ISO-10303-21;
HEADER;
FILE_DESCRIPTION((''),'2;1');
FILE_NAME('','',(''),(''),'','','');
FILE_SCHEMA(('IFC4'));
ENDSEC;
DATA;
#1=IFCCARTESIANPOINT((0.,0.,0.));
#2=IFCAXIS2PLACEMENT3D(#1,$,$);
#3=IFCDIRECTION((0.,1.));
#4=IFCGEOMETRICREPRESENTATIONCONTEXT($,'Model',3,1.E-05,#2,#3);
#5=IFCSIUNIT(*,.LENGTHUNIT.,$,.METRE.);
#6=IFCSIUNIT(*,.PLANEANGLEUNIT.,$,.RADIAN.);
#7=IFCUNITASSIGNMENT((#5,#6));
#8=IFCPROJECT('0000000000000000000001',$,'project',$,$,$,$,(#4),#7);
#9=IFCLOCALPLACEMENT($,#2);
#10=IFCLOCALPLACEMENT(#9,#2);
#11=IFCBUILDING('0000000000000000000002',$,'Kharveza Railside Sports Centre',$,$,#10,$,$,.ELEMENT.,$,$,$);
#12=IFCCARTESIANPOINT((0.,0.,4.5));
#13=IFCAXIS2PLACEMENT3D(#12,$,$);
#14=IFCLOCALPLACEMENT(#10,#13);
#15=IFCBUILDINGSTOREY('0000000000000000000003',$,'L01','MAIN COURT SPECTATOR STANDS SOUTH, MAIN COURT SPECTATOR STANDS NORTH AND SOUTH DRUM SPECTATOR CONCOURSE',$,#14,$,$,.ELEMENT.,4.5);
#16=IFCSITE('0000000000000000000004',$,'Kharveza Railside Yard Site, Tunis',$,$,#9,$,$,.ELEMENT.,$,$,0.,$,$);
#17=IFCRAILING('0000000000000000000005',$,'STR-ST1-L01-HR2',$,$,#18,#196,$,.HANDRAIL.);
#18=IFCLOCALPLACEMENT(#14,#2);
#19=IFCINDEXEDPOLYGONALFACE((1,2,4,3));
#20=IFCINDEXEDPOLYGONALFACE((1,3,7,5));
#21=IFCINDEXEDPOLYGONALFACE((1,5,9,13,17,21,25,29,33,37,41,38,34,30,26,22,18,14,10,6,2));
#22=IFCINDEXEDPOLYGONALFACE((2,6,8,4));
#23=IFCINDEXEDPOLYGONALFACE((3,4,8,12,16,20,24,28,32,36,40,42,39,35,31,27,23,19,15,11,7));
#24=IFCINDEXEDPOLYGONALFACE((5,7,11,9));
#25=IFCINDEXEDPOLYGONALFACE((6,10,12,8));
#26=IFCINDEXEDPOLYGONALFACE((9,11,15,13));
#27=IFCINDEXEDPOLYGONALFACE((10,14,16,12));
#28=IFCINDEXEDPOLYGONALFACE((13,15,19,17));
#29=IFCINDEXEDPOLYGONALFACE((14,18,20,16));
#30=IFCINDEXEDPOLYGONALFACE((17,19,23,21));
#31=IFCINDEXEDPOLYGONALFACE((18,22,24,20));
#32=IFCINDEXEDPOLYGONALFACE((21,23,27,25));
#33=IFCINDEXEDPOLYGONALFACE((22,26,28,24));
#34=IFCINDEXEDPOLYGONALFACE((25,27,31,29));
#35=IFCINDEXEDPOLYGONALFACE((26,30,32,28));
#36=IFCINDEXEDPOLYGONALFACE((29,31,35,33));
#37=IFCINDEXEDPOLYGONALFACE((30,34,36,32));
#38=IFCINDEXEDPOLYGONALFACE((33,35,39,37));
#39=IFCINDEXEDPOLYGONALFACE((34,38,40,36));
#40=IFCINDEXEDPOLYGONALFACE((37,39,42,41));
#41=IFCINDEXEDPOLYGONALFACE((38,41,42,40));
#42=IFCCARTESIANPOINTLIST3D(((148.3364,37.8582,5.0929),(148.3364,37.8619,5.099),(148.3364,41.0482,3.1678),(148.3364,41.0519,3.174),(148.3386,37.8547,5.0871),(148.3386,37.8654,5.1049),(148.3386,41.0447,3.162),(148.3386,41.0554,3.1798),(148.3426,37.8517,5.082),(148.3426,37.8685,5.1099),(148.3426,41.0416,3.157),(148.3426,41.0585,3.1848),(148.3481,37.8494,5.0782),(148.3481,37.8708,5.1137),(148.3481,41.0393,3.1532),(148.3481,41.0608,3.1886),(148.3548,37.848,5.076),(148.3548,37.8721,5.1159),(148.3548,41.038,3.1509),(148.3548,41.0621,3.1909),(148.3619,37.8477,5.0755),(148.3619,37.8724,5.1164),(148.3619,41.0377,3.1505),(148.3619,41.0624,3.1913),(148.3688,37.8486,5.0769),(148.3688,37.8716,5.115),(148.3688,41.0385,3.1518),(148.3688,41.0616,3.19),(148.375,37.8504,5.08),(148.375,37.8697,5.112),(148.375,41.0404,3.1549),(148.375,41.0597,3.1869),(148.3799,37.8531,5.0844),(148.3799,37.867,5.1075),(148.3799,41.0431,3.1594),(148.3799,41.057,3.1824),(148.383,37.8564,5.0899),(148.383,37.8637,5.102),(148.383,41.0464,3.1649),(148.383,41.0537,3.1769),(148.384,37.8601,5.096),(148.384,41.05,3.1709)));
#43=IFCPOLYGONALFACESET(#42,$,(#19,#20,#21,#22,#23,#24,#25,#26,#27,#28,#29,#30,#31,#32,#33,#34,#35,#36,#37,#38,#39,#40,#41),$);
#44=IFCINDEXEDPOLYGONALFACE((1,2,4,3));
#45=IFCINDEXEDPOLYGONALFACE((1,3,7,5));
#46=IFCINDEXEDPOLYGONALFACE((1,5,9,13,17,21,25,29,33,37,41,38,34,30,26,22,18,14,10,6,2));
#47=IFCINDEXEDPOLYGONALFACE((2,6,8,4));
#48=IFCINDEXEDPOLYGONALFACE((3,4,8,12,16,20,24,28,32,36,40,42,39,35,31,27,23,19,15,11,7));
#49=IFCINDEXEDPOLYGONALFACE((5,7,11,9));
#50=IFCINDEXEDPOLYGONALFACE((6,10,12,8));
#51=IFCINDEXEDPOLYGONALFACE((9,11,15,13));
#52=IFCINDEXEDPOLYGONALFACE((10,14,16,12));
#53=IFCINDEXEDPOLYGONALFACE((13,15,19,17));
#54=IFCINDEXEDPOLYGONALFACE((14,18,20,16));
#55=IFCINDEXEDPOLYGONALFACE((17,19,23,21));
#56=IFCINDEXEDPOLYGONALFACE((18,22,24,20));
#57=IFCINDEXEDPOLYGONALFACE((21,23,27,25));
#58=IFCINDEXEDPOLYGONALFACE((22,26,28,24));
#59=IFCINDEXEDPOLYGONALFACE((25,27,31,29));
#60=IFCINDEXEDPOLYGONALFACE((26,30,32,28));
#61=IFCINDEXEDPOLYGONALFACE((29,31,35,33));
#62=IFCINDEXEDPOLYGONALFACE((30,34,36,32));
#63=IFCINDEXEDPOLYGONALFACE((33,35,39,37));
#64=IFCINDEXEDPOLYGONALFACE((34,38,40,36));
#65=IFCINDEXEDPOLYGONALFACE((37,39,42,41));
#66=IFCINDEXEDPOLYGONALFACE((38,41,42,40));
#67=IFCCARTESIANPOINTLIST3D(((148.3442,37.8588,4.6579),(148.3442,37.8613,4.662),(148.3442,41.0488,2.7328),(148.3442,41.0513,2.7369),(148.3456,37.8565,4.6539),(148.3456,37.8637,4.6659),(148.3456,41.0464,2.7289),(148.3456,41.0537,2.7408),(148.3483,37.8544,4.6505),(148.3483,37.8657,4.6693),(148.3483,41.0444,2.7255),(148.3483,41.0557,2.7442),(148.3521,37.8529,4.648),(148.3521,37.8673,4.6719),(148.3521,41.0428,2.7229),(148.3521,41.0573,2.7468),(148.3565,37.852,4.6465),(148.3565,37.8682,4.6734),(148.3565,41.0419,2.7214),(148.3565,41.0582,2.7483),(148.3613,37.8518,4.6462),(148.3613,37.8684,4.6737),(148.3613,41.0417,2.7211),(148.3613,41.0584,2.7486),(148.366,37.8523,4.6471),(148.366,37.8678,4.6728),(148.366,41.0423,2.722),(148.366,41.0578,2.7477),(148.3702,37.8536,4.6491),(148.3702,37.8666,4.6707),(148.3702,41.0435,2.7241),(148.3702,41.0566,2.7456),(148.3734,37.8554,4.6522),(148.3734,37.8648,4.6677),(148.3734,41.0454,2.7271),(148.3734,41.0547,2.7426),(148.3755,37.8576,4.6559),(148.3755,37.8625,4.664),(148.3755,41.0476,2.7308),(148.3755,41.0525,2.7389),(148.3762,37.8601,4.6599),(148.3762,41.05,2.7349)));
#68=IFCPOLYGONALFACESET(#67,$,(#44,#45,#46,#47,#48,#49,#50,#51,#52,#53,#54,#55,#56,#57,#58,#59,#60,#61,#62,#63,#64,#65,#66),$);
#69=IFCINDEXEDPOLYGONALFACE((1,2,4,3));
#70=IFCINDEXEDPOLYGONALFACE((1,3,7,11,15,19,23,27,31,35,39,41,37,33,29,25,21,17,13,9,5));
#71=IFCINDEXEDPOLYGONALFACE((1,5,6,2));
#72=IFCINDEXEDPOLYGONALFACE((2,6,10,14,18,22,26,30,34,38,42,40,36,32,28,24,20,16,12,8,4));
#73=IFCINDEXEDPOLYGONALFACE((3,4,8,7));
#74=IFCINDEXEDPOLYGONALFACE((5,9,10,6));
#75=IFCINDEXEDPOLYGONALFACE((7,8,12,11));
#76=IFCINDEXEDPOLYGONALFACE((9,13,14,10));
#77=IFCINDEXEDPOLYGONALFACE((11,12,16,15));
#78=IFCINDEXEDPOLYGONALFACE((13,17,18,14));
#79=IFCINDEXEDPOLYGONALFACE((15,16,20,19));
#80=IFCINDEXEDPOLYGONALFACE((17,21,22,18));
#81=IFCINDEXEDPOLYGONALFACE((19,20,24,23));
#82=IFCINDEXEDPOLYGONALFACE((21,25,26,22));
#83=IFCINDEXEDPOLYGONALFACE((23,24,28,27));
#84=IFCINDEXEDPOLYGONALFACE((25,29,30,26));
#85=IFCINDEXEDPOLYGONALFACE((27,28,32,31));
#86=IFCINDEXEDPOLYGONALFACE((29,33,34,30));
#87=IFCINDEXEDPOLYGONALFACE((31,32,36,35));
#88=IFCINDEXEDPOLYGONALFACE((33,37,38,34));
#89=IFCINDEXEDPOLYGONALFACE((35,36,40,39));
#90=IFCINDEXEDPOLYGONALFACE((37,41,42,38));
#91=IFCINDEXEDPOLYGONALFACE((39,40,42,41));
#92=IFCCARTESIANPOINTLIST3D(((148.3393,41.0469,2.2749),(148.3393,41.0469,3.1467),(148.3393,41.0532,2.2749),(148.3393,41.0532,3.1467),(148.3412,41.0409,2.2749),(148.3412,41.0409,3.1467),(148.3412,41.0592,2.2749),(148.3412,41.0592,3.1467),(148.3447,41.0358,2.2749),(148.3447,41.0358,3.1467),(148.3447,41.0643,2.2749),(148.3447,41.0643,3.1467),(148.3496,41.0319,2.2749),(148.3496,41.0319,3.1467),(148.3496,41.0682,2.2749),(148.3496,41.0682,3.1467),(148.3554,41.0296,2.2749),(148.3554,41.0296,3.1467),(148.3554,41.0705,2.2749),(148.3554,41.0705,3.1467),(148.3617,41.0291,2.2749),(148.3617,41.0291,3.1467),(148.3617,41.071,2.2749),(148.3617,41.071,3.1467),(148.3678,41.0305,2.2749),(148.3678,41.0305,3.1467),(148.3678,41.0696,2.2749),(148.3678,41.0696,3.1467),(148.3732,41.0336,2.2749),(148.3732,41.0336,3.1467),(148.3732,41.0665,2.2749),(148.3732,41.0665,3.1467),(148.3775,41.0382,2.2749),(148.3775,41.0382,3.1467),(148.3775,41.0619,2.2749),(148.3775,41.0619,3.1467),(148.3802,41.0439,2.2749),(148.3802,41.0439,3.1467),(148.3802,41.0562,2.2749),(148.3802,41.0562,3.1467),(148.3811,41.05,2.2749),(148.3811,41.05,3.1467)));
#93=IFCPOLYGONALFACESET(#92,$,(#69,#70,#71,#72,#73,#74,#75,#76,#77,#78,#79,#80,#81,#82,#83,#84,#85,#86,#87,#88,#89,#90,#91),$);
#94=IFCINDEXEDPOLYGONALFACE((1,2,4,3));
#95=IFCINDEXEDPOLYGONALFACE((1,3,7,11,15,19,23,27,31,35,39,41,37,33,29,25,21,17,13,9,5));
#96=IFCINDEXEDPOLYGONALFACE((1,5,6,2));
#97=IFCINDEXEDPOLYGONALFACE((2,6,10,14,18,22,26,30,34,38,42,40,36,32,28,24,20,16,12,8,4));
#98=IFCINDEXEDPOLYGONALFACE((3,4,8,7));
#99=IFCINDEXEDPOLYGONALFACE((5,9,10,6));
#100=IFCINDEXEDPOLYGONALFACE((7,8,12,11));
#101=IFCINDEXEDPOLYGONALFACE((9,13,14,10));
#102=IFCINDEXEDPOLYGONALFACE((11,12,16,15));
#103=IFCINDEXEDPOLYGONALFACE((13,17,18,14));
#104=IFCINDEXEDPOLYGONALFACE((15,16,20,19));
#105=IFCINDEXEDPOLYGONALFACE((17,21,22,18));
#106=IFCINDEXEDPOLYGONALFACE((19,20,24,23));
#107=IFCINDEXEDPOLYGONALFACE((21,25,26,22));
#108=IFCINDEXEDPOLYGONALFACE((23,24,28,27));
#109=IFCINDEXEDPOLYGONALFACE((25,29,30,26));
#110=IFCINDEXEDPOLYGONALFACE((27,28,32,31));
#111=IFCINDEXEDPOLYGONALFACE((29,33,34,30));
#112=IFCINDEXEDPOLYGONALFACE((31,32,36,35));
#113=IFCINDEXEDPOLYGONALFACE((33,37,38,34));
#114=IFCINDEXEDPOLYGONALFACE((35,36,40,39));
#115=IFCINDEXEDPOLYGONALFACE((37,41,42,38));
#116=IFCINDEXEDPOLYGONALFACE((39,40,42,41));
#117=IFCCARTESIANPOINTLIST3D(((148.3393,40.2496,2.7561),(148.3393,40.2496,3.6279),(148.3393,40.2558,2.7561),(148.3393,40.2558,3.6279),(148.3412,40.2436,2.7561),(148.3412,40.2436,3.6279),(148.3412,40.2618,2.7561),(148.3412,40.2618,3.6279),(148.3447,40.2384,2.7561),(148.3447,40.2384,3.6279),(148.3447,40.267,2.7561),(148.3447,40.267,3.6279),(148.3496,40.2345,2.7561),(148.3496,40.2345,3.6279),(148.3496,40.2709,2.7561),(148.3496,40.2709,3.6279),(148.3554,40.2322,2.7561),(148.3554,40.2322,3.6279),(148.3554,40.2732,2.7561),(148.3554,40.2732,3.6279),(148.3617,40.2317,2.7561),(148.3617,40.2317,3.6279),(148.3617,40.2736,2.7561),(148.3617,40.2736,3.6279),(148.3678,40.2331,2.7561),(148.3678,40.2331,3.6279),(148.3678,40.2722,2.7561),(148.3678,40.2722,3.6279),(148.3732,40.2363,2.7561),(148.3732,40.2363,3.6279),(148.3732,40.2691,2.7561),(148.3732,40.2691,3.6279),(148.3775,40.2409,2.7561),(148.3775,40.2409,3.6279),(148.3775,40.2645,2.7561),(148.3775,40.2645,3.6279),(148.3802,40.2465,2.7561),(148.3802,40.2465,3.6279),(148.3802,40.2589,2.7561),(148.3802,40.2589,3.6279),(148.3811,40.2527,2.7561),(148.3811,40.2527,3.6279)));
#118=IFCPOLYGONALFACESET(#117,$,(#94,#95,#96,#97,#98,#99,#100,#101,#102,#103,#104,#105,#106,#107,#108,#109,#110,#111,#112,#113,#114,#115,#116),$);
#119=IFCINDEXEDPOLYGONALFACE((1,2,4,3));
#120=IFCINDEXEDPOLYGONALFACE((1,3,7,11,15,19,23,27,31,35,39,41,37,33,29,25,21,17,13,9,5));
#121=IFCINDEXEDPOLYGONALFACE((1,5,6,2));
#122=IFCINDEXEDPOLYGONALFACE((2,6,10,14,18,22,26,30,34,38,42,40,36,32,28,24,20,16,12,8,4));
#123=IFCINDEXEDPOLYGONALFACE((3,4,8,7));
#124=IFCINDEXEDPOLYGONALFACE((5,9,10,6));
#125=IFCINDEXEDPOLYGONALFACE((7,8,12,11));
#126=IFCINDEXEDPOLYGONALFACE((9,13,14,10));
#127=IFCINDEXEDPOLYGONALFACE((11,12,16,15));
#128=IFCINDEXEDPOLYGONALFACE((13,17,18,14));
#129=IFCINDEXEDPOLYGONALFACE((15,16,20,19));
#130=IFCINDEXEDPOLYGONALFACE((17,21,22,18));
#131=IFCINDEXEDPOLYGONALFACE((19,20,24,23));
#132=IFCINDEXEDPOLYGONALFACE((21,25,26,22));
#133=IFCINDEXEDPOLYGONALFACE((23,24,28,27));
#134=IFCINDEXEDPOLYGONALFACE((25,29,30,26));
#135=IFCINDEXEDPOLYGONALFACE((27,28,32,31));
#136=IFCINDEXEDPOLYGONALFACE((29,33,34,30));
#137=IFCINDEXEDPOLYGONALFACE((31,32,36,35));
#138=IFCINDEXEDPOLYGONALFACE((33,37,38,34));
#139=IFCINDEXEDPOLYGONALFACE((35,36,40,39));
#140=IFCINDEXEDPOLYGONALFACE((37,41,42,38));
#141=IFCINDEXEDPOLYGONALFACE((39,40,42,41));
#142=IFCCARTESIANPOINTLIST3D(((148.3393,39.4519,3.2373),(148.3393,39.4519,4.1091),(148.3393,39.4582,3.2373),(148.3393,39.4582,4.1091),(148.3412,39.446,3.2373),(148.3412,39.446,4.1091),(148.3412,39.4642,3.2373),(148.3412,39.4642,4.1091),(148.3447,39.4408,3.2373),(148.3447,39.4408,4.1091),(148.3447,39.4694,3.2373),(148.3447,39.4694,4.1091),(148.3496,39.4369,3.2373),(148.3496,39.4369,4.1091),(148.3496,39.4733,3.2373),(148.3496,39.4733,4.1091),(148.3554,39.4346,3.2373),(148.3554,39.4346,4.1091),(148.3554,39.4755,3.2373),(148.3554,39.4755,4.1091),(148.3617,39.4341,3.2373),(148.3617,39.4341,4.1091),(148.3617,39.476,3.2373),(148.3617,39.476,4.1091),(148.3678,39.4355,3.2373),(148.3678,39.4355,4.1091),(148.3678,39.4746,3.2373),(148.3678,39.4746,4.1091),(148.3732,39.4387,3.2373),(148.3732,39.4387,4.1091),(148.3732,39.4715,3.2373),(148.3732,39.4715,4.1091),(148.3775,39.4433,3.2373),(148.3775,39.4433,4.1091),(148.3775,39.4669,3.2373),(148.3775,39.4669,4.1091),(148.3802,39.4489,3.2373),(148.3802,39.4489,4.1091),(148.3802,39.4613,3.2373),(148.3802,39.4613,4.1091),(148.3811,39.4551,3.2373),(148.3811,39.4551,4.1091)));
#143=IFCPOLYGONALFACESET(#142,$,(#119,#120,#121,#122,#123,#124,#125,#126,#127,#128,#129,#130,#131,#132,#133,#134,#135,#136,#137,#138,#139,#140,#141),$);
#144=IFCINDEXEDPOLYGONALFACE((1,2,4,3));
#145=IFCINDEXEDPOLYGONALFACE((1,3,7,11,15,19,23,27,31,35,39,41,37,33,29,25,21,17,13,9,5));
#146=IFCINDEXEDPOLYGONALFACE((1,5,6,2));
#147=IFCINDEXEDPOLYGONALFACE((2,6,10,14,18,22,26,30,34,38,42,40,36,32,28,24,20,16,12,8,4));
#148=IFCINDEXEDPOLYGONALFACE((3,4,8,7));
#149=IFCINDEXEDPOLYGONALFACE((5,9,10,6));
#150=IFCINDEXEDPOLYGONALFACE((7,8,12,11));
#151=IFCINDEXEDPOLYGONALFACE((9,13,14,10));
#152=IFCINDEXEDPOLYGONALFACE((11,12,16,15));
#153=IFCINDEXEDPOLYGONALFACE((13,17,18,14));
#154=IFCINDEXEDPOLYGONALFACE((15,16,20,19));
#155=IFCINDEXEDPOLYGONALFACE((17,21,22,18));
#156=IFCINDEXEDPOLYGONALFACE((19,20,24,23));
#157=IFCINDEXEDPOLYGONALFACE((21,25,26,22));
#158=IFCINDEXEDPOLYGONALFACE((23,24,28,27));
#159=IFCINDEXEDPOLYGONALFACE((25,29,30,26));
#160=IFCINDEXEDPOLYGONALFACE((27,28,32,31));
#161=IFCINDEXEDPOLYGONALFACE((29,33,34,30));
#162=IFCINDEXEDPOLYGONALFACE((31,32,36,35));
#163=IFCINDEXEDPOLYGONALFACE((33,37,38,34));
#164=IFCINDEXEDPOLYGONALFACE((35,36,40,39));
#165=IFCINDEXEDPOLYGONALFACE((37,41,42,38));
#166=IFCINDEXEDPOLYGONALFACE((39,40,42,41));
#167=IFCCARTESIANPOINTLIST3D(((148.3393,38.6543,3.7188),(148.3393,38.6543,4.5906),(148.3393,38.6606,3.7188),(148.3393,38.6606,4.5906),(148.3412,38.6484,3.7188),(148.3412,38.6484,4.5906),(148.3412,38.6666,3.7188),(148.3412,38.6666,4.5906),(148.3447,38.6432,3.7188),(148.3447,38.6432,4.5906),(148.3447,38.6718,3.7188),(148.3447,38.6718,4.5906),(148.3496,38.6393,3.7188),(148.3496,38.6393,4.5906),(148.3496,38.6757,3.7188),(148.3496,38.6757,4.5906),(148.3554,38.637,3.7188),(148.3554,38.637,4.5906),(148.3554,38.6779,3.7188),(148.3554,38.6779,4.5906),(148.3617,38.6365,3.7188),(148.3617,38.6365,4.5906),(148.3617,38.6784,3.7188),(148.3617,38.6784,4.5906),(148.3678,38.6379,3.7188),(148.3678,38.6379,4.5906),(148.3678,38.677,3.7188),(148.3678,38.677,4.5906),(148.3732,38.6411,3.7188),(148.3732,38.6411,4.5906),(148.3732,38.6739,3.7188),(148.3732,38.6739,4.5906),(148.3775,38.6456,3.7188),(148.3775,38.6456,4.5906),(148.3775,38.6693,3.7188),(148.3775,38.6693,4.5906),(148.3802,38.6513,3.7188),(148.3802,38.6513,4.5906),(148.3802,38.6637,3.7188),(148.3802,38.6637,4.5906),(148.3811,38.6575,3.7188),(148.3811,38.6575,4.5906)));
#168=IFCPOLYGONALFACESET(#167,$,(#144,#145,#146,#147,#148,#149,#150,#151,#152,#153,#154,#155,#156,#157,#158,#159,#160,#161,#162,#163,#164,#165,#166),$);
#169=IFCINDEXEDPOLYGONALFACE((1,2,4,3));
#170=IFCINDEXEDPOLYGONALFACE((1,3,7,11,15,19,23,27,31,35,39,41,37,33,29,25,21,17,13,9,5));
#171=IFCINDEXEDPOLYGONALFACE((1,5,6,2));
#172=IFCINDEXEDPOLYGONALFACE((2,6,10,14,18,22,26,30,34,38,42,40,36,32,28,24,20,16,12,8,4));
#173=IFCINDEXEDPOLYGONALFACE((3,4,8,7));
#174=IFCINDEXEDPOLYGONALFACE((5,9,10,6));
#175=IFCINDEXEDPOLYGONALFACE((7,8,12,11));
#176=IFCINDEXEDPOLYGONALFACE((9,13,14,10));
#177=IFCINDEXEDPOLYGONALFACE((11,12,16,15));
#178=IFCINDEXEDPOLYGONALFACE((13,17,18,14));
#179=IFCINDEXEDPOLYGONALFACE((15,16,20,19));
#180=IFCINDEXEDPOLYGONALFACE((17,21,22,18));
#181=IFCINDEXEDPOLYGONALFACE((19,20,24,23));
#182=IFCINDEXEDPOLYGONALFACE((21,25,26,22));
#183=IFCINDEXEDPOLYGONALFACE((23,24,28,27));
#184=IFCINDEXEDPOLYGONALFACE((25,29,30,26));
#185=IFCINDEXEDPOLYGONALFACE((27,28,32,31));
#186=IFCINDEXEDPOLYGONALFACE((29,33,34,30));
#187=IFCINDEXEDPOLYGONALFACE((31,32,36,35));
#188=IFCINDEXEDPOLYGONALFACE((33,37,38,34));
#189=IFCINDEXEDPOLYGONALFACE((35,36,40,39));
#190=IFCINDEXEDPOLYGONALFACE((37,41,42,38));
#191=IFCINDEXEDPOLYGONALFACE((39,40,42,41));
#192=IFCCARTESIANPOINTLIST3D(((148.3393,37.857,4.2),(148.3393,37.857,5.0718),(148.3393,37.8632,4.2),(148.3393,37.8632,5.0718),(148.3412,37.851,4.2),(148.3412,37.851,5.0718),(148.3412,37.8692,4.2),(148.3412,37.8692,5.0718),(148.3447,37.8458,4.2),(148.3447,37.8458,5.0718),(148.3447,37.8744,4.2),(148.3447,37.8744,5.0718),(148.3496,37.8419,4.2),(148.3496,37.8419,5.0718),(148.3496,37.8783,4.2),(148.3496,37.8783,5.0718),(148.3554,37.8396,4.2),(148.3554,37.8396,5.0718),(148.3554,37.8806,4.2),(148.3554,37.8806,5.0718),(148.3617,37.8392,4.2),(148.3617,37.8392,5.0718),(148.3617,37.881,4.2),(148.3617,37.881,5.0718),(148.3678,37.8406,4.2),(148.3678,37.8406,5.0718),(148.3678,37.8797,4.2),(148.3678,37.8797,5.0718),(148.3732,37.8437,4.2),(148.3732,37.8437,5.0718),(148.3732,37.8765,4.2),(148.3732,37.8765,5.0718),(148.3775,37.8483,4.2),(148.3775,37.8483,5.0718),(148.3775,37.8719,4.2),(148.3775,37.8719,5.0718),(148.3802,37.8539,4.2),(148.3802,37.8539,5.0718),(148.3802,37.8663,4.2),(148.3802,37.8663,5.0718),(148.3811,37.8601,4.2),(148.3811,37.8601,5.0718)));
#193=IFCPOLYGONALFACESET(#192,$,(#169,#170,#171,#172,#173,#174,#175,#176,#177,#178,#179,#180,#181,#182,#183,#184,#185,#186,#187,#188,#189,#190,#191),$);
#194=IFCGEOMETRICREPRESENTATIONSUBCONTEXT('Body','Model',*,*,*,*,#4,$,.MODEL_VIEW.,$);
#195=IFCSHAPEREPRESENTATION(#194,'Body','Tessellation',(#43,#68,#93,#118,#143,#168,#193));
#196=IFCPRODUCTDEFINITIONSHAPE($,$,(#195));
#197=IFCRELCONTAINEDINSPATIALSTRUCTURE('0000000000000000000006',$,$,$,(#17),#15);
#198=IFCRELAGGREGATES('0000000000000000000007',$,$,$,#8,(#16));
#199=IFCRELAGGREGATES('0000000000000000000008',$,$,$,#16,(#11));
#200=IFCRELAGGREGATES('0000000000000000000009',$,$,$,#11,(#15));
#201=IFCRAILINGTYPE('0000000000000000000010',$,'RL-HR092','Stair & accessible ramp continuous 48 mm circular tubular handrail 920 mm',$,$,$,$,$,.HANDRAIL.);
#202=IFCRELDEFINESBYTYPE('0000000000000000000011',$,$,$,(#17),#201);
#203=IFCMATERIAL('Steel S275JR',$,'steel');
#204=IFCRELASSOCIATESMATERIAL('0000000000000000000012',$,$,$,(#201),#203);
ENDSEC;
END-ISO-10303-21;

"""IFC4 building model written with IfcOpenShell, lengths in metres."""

from ifc_helpers import new_model, si_unit, direction, frame, origin, origin_2d, place, context, subcontext, project, spatial, circle, extrude, material, type_object, element, save


model = new_model("IFC4")

# Units and contexts
model_context = context("Model", 3, precision=1e-05, world=origin(), true_north=direction((0.0, 1.0)))
body_context = subcontext(model_context, "Body", "Model", "MODEL_VIEW")
ifc_project = project(units=[si_unit("LENGTHUNIT", "METRE"), si_unit("PLANEANGLEUNIT", "RADIAN")], contexts=[model_context])

# Site, building, storey
site_placement = place(None, origin())
site = spatial("IfcSite", under=ifc_project, at=site_placement, Name="Kharveza Railside Yard Site, Tunis", CompositionType="ELEMENT", RefElevation=0.0)
building_placement = place(site_placement, origin())
building = spatial("IfcBuilding", under=site, at=building_placement, Name="Kharveza Railside Sports Centre", CompositionType="ELEMENT")
storey_placement = place(building_placement, frame((0.0, 0.0, 4.5)))
storey = spatial("IfcBuildingStorey", under=building, at=storey_placement, Name="L01", Description="MAIN COURT SPECTATOR STANDS SOUTH, MAIN COURT SPECTATOR STANDS NORTH AND SOUTH DRUM SPECTATOR CONCOURSE", CompositionType="ELEMENT", Elevation=4.5)

# Railing
ifc_material_1 = material(Name="Steel S275JR", Category="steel")
railing_type_1 = type_object("IfcRailingType", Name="RL-HR092", Description="Stair & accessible ramp continuous 48 mm circular tubular handrail 920 mm", PredefinedType="HANDRAIL", material=ifc_material_1)
railing_1_placement = place(storey_placement, frame((148.3601, 41.05, 2.2749)))
element("IfcRailing", 1, at=railing_1_placement, inside=storey, type_object=railing_type_1, Name="STR-ST1-L01-HR2", PredefinedType="HANDRAIL", context=body_context, shape_type="SweptSolid", body=[
    extrude(circle(Radius=0.0239, at=origin_2d()), frame((0.0, 0.0, 0.896), z_axis=(0.0, -0.856178, 0.516682), x_axis=(1.0, 0.0, 0.0)), (0.0, 0.0, 1.0), 3.7258),
    extrude(circle(Radius=0.0161, at=origin_2d()), frame((0.0, 0.0, 0.46), z_axis=(0.0, -0.856178, 0.516682), x_axis=(1.0, 0.0, 0.0)), (0.0, 0.0, 1.0), 3.7258),
    extrude(circle(Radius=0.021, at=origin_2d()), origin(), (0.0, 0.0, 1.0), 0.8718),
    extrude(circle(Radius=0.021, at=origin_2d()), frame((0.0, -0.7974, 0.4812)), (0.0, 0.0, 1.0), 0.8718),
    extrude(circle(Radius=0.021, at=origin_2d()), frame((0.0, -1.595, 0.9624)), (0.0, 0.0, 1.0), 0.8718),
    extrude(circle(Radius=0.021, at=origin_2d()), frame((0.0, -2.3926, 1.4438)), (0.0, 0.0, 1.0), 0.8718),
    extrude(circle(Radius=0.021, at=origin_2d()), frame((0.0, -3.1899, 1.925)), (0.0, 0.0, 1.0), 0.8718),
])

save(model, "model.ifc")
